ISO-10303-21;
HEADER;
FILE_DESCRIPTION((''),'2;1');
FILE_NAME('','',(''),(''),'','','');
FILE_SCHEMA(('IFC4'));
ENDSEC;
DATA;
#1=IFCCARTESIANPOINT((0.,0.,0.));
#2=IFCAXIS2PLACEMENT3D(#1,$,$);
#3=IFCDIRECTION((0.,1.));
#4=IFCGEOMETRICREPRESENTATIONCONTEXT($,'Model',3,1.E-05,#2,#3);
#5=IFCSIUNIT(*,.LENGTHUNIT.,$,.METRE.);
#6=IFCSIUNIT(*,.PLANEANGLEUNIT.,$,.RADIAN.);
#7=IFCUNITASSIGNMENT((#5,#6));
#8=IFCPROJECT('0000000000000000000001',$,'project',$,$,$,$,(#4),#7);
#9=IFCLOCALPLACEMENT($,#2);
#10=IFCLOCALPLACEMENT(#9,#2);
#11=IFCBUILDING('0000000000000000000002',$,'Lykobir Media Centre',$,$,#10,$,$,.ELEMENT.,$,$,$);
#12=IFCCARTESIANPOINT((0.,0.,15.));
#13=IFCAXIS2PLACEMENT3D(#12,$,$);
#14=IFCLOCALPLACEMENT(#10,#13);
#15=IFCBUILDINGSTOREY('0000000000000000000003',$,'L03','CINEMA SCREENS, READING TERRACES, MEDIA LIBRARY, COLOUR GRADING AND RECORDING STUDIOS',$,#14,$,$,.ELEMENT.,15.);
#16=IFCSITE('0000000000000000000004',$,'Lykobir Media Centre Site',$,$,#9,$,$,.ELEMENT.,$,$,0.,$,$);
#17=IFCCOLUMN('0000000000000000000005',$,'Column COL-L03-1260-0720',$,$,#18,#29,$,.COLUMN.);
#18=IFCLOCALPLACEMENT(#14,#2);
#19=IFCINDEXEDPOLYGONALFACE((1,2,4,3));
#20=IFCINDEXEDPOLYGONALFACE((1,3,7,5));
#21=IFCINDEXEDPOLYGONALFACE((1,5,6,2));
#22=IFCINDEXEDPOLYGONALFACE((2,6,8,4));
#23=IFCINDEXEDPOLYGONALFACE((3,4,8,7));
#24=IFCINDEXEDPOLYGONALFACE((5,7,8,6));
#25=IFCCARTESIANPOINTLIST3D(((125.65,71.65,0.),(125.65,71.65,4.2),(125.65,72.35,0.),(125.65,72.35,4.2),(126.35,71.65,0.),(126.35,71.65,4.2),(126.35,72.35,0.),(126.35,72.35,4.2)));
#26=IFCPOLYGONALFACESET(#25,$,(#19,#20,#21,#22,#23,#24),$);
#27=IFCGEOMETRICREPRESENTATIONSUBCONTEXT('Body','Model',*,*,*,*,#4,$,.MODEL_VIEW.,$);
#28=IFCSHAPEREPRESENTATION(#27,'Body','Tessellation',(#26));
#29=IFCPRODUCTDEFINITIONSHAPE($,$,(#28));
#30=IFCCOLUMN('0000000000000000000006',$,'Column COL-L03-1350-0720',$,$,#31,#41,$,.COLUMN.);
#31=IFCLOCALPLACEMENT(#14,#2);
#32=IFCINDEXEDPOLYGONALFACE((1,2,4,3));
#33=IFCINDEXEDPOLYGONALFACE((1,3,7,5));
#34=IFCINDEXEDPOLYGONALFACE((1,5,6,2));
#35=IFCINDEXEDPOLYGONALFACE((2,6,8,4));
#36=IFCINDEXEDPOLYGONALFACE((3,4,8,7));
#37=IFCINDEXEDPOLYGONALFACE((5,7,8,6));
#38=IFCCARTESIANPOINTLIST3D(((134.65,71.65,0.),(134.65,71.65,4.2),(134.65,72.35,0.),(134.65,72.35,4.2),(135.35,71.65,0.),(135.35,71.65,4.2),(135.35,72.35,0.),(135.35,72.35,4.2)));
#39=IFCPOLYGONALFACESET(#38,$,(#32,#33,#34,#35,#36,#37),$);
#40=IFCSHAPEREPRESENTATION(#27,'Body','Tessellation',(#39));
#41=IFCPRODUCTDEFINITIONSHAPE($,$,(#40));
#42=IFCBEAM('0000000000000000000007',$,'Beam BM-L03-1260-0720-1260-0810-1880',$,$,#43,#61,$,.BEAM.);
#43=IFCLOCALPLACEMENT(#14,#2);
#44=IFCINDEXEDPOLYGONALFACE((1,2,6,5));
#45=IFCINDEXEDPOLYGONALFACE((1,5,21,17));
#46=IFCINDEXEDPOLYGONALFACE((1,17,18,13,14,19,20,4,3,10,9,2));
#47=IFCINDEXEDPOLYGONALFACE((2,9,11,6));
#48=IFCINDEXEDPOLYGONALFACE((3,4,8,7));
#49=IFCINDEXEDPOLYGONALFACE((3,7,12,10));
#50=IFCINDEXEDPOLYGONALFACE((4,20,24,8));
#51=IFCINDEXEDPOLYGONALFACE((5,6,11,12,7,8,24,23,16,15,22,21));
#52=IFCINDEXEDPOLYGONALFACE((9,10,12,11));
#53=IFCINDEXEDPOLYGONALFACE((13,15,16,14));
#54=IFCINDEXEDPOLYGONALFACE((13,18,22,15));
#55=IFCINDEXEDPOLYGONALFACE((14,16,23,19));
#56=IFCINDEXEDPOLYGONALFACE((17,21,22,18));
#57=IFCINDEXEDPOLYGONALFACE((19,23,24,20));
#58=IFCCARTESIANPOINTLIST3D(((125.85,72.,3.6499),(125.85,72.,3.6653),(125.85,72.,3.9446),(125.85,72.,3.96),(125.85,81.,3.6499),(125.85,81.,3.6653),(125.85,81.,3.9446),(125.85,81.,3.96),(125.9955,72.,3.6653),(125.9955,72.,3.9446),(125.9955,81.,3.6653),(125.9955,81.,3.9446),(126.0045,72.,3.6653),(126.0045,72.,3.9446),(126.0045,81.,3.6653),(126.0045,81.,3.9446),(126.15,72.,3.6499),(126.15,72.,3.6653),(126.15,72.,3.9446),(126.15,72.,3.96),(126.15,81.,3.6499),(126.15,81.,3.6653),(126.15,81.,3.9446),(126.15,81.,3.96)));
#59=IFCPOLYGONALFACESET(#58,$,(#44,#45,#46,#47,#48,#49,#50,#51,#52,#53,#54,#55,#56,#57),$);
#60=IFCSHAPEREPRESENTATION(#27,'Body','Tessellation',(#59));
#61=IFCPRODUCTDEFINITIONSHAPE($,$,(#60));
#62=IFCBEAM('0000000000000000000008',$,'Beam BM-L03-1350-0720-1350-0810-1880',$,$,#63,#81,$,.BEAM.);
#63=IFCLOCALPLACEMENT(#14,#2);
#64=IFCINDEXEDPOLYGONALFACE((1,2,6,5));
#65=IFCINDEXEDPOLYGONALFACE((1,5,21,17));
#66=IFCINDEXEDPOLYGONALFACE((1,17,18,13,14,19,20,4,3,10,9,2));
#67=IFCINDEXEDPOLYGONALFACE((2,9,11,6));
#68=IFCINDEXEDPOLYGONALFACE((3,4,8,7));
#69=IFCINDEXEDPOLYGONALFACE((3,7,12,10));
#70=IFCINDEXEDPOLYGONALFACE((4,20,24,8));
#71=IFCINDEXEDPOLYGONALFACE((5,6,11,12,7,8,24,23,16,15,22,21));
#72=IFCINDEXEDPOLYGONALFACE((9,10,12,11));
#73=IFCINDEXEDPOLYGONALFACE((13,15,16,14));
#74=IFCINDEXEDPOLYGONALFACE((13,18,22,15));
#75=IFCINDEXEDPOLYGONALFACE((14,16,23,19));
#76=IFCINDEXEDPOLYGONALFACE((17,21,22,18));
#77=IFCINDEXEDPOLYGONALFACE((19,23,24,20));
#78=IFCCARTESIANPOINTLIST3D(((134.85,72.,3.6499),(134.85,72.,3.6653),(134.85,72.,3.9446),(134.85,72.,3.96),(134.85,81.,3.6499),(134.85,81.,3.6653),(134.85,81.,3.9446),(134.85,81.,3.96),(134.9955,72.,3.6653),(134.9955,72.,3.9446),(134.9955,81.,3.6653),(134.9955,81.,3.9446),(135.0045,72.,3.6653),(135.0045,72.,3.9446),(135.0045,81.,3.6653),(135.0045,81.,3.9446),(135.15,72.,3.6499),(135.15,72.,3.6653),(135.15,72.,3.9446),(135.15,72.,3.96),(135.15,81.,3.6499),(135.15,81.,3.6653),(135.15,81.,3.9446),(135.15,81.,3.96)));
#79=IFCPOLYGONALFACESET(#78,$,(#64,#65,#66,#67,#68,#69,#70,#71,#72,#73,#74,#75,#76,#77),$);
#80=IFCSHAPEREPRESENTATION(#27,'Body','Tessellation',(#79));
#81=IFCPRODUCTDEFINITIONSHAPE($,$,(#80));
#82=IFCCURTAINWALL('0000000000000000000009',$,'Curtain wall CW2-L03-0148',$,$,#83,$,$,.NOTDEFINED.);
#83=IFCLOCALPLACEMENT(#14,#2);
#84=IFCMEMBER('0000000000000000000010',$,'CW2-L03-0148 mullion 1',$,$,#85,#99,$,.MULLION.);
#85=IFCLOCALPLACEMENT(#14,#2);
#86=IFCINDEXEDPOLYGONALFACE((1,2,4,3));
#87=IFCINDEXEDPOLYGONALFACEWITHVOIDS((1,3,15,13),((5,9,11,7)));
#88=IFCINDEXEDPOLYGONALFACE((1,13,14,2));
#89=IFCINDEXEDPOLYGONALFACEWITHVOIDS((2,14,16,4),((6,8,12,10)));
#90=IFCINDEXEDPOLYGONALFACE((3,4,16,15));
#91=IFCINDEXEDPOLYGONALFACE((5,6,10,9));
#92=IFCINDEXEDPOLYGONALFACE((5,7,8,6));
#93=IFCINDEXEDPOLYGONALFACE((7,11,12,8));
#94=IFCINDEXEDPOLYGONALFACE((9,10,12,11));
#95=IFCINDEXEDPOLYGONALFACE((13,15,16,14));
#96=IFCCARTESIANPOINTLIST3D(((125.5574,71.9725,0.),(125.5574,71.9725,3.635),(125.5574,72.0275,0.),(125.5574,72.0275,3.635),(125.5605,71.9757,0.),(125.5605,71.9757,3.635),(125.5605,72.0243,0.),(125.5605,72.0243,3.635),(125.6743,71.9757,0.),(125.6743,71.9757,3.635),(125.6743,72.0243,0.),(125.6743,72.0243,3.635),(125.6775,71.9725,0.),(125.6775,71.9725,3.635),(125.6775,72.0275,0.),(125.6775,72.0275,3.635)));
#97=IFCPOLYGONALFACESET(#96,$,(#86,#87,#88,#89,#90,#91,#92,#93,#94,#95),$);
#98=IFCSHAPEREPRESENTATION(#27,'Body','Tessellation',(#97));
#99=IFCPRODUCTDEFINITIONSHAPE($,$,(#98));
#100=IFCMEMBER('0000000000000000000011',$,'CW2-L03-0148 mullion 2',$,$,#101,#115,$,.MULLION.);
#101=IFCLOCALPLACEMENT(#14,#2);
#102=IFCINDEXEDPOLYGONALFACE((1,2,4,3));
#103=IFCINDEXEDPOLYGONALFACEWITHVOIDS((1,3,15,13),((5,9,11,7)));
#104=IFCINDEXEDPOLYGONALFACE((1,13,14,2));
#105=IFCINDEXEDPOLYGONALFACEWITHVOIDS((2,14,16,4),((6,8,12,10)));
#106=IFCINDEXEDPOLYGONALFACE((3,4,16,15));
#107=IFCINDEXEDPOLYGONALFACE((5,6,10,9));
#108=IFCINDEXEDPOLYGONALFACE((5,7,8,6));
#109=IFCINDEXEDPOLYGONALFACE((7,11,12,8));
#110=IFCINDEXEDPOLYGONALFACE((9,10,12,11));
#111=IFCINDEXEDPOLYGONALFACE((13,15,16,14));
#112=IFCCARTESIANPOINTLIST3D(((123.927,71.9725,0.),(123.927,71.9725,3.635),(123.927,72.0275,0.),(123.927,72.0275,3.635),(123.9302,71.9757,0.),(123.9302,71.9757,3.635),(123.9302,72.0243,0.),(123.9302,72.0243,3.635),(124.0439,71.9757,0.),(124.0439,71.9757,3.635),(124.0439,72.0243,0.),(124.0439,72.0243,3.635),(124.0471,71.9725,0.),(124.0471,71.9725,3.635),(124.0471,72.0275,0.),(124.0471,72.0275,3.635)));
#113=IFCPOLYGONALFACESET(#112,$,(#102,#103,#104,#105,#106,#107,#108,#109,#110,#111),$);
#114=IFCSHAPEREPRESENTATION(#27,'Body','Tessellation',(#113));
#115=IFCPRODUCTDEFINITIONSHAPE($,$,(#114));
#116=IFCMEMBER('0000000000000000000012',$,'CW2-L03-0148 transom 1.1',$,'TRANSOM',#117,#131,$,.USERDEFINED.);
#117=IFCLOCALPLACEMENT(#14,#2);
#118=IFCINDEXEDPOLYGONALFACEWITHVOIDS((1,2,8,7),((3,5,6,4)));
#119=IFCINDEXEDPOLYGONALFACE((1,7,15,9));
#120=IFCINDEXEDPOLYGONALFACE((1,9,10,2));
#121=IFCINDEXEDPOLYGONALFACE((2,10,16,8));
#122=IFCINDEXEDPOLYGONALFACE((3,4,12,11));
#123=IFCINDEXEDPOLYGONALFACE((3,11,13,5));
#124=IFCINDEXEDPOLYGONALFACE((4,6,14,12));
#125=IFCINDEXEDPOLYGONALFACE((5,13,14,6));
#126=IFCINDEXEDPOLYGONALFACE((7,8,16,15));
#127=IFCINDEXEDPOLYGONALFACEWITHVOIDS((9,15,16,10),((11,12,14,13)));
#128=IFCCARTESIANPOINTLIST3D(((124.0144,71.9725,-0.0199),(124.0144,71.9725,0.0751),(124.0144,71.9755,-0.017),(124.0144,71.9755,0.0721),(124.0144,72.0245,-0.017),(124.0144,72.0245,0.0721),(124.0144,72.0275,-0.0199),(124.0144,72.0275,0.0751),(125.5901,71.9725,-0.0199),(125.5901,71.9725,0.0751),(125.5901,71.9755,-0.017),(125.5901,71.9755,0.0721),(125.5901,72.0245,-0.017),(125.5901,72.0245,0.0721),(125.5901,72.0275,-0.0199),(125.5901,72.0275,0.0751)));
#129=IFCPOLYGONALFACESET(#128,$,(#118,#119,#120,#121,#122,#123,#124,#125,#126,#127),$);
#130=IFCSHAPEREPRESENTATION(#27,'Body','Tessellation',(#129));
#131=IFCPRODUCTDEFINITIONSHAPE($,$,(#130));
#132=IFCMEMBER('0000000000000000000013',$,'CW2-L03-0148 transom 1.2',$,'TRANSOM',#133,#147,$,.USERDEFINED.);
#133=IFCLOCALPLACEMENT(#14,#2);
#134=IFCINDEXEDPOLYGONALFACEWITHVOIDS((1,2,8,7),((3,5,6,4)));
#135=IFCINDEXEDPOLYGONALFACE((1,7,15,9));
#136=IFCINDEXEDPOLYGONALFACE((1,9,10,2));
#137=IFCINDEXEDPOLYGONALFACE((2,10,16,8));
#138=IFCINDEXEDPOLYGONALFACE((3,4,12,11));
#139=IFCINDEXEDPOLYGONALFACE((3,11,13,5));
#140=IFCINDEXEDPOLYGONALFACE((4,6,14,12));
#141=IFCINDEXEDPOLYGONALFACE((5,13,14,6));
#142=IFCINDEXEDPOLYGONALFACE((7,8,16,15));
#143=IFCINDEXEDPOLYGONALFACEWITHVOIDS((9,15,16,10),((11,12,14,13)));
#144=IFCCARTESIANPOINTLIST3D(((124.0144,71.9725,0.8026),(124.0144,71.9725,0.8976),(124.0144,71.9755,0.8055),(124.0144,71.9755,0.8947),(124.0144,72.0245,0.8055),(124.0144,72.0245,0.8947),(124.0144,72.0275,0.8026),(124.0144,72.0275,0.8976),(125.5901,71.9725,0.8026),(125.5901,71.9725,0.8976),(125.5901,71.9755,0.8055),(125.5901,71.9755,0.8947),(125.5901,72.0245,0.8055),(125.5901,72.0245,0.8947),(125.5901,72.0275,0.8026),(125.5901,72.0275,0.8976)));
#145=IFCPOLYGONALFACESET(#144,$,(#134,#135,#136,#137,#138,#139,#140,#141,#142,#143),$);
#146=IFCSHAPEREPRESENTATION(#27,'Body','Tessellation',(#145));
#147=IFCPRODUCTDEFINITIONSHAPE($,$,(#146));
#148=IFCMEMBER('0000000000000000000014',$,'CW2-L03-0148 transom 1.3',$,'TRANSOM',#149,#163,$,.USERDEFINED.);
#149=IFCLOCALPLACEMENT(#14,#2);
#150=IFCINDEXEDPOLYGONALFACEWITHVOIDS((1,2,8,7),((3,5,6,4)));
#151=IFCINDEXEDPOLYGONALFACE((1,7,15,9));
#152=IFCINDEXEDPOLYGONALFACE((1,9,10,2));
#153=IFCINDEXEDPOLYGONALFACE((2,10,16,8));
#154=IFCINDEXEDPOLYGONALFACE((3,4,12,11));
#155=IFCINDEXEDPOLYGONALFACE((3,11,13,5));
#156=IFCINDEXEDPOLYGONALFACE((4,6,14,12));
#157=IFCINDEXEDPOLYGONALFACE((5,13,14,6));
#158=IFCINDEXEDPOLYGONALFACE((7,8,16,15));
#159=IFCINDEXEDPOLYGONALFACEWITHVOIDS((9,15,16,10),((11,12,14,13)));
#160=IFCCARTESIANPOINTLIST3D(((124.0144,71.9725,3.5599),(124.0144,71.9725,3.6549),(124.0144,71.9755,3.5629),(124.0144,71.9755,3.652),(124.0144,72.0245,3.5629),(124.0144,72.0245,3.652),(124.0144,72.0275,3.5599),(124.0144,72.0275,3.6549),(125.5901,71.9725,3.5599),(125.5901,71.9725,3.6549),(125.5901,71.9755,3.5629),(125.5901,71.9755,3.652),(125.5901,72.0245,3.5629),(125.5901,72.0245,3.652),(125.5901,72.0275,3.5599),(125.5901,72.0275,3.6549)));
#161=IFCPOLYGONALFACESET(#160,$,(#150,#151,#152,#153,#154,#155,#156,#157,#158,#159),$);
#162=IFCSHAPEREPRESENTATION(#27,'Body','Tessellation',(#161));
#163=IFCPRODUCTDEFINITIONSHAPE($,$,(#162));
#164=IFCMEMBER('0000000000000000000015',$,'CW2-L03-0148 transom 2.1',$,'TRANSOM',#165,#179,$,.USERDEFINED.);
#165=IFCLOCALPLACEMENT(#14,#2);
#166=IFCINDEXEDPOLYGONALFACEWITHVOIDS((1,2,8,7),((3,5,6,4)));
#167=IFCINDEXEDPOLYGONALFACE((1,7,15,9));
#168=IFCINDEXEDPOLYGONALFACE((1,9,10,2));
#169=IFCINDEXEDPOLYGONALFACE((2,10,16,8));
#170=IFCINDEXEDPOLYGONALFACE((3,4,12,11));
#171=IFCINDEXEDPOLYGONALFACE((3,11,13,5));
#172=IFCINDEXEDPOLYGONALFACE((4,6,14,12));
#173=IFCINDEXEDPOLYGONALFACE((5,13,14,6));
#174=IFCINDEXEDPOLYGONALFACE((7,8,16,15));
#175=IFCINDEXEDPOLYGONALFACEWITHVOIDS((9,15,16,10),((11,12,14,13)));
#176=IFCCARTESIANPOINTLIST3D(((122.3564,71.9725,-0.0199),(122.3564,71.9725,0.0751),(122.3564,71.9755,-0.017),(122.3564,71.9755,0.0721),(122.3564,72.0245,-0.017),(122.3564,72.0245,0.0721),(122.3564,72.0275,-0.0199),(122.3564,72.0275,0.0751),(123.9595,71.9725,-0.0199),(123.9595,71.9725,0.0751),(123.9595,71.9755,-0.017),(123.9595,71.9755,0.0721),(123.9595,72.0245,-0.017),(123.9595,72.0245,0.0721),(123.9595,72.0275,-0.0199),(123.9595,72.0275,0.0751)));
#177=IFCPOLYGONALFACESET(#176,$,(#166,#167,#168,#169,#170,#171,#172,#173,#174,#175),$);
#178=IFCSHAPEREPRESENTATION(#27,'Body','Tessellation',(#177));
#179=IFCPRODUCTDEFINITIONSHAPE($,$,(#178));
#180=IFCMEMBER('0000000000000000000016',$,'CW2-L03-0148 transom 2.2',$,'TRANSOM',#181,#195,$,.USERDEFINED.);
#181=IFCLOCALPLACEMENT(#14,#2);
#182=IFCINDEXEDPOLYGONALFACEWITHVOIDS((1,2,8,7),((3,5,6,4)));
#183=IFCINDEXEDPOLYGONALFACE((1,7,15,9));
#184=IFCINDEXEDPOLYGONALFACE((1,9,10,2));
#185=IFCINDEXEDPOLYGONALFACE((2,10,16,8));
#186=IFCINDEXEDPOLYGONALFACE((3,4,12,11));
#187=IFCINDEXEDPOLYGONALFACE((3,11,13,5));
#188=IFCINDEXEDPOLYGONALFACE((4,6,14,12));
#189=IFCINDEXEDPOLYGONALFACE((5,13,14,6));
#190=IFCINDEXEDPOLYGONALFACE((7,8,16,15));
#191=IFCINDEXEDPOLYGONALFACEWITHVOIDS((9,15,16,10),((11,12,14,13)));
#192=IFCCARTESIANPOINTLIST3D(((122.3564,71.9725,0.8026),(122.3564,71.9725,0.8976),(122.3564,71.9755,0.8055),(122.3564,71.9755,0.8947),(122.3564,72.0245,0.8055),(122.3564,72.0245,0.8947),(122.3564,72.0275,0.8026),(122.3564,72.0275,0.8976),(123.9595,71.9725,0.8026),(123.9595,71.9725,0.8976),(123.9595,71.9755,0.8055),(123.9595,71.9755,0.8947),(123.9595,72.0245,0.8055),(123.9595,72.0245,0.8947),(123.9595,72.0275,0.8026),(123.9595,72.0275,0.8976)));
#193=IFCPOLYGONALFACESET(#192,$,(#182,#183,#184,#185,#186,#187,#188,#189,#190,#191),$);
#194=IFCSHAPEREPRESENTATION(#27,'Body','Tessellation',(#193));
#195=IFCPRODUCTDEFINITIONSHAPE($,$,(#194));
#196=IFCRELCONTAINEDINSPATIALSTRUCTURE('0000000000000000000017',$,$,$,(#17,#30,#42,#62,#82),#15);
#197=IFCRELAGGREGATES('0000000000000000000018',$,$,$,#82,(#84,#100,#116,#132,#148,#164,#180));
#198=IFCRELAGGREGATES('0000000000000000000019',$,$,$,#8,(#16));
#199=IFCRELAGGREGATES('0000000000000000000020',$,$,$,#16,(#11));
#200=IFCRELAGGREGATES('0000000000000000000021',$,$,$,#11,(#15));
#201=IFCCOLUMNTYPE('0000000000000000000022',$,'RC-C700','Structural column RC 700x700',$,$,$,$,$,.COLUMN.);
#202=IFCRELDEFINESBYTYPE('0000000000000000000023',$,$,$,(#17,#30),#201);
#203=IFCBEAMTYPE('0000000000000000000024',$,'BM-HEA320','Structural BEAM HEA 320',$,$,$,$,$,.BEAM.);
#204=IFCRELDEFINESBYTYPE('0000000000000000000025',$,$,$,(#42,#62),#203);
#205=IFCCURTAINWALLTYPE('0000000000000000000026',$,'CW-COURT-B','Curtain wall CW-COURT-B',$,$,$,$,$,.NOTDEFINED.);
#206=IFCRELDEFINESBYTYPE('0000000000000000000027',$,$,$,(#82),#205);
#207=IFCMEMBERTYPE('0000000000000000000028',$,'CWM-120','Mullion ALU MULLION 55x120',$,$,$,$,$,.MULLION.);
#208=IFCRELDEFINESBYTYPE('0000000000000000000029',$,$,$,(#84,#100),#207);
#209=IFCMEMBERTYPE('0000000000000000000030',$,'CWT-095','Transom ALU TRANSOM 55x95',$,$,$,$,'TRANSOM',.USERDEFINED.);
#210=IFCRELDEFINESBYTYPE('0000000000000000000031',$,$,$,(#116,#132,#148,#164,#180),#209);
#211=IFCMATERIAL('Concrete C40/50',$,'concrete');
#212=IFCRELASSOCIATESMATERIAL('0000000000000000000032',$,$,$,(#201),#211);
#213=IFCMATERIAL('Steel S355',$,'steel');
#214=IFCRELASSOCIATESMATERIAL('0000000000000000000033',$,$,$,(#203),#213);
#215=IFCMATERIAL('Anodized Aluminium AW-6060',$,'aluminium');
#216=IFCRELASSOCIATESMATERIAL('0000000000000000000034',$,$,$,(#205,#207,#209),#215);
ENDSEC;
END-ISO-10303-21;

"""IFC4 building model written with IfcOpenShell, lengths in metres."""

from ifc_helpers import new_model, si_unit, direction, frame, origin, origin_2d, place, context, subcontext, project, spatial, rectangle, hollow_rectangle, i_section, extrude, material, material_profile, profile_set, type_object, element, aggregate, save


model = new_model("IFC4")

# Units and contexts
model_context = context("Model", 3, precision=1e-05, world=origin(), true_north=direction((0.0, 1.0)))
body_context = subcontext(model_context, "Body", "Model", "MODEL_VIEW")
ifc_project = project(units=[si_unit("LENGTHUNIT", "METRE"), si_unit("PLANEANGLEUNIT", "RADIAN")], contexts=[model_context])

# Site, building, storey
site_placement = place(None, origin())
site = spatial("IfcSite", under=ifc_project, at=site_placement, Name="Lykobir Media Centre Site", CompositionType="ELEMENT", RefElevation=0.0)
building_placement = place(site_placement, origin())
building = spatial("IfcBuilding", under=site, at=building_placement, Name="Lykobir Media Centre", CompositionType="ELEMENT")
storey_placement = place(building_placement, frame((0.0, 0.0, 15.0)))
storey = spatial("IfcBuildingStorey", under=building, at=storey_placement, Name="L03", Description="CINEMA SCREENS, READING TERRACES, MEDIA LIBRARY, COLOUR GRADING AND RECORDING STUDIOS", CompositionType="ELEMENT", Elevation=15.0)

# Columns
ifc_material_1 = material(Name="Concrete C40/50", Category="concrete")
ifc_material_profile_1 = material_profile(ifc_material_1, rectangle(XDim=0.7, YDim=0.7, at=origin_2d()), Name="RC 700x700")
ifc_profile_set_1 = profile_set([ifc_material_profile_1], Name="Concrete C40/50")
column_type = type_object("IfcColumnType", Name="RC-C700", Description="Structural column RC 700x700", PredefinedType="COLUMN", material=ifc_profile_set_1)
for number, where, z_axis, x_axis, name in (
    (1, (126.0, 72.0, 0.0), (0.0, 0.0, 1.0), (1.0, 0.0, 0.0), "Column COL-L03-1260-0720"),
    (2, (135.0, 72.0, 0.0), (0.0, 0.0, 1.0), (1.0, 0.0, 0.0), "Column COL-L03-1350-0720"),
):
    element("IfcColumn", number, at=place(storey_placement, frame(where, z_axis=z_axis, x_axis=x_axis)), inside=storey, type_object=column_type, Name=name, PredefinedType="COLUMN", context=body_context, shape_type="SweptSolid", body=[
        extrude(rectangle(XDim=0.7, YDim=0.7, at=origin_2d()), origin(), (0.0, 0.0, 1.0), 4.2),
    ])

# Beams
ifc_material_2 = material(Name="Steel S355", Category="steel")
ifc_material_profile_2 = material_profile(ifc_material_2, i_section(OverallWidth=0.3, OverallDepth=0.3101, WebThickness=0.009, FlangeThickness=0.0154, at=origin_2d()), Name="HEA 320")
ifc_profile_set_2 = profile_set([ifc_material_profile_2], Name="Steel S355")
beam_type_1 = type_object("IfcBeamType", Name="BM-HEA320", Description="Structural BEAM HEA 320", PredefinedType="BEAM", material=ifc_profile_set_2)
for number, where, z_axis, x_axis, name in (
    (3, (126.0, 72.0, 3.8049), (0.0, 1.0, 0.0), (-1.0, 0.0, 0.0), "Beam BM-L03-1260-0720-1260-0810-1880"),
    (4, (135.0, 72.0, 3.8049), (0.0, 1.0, 0.0), (-1.0, 0.0, 0.0), "Beam BM-L03-1350-0720-1350-0810-1880"),
):
    element("IfcBeam", number, at=place(storey_placement, frame(where, z_axis=z_axis, x_axis=x_axis)), inside=storey, type_object=beam_type_1, Name=name, PredefinedType="BEAM", context=body_context, shape_type="SweptSolid", body=[
        extrude(i_section(OverallWidth=0.3, OverallDepth=0.3101, WebThickness=0.009, FlangeThickness=0.0154, at=origin_2d()), origin(), (0.0, 0.0, 1.0), 9.0),
    ])

# Curtain wall, members
ifc_material_3 = material(Name="Anodized Aluminium AW-6060", Category="aluminium")
curtain_wall_type = type_object("IfcCurtainWallType", Name="CW-COURT-B", Description="Curtain wall CW-COURT-B", PredefinedType="NOTDEFINED", material=ifc_material_3)
curtain_wall_placement = place(storey_placement, origin())
curtain_wall = element("IfcCurtainWall", 5, at=curtain_wall_placement, inside=storey, type_object=curtain_wall_type, Name="Curtain wall CW2-L03-0148", PredefinedType="NOTDEFINED")
ifc_material_profile_3 = material_profile(ifc_material_3, hollow_rectangle(XDim=0.0549, YDim=0.1201, WallThickness=0.0032, at=origin_2d()), Name="ALU MULLION 55x120")
ifc_profile_set_3 = profile_set([ifc_material_profile_3], Name="Anodized Aluminium AW-6060")
member_type_1 = type_object("IfcMemberType", Name="CWM-120", Description="Mullion ALU MULLION 55x120", PredefinedType="MULLION", material=ifc_profile_set_3)
member_1_placement = place(storey_placement, frame((125.6174, 72.0, 0.0), z_axis=(0.0, 0.0, 1.0), x_axis=(0.0, -1.0, 0.0)))
member_1 = element("IfcMember", 6, at=member_1_placement, type_object=member_type_1, Name="CW2-L03-0148 mullion 1", PredefinedType="MULLION", context=body_context, shape_type="SweptSolid", body=[
    extrude(hollow_rectangle(XDim=0.0549, YDim=0.1201, WallThickness=0.0032, at=origin_2d()), origin(), (0.0, 0.0, 1.0), 3.635),
])
member_2_placement = place(storey_placement, frame((123.9871, 72.0, 0.0), z_axis=(0.0, 0.0, 1.0), x_axis=(0.0, -1.0, 0.0)))
member_2 = element("IfcMember", 7, at=member_2_placement, type_object=member_type_1, Name="CW2-L03-0148 mullion 2", PredefinedType="MULLION", context=body_context, shape_type="SweptSolid", body=[
    extrude(hollow_rectangle(XDim=0.0549, YDim=0.1201, WallThickness=0.0032, at=origin_2d()), origin(), (0.0, 0.0, 1.0), 3.635),
])
ifc_material_profile_4 = material_profile(ifc_material_3, hollow_rectangle(XDim=0.0549, YDim=0.095, WallThickness=0.0029, at=origin_2d()), Name="ALU TRANSOM 55x95")
ifc_profile_set_4 = profile_set([ifc_material_profile_4], Name="Anodized Aluminium AW-6060")
member_type_2 = type_object("IfcMemberType", Name="CWT-095", Description="Transom ALU TRANSOM 55x95", ElementType="TRANSOM", PredefinedType="USERDEFINED", material=ifc_profile_set_4)
member_3_placement = place(storey_placement, frame((125.5901, 72.0, 0.0276), z_axis=(-1.0, 0.0, 0.0), x_axis=(0.0, -1.0, 0.0)))
member_3 = element("IfcMember", 8, at=member_3_placement, type_object=member_type_2, Name="CW2-L03-0148 transom 1.1", ObjectType="TRANSOM", PredefinedType="USERDEFINED", context=body_context, shape_type="SweptSolid", body=[
    extrude(hollow_rectangle(XDim=0.0549, YDim=0.095, WallThickness=0.0029, at=origin_2d()), origin(), (0.0, 0.0, 1.0), 1.5757),
])
member_4_placement = place(storey_placement, frame((125.5901, 72.0, 0.8501), z_axis=(-1.0, 0.0, 0.0), x_axis=(0.0, -1.0, 0.0)))
member_4 = element("IfcMember", 9, at=member_4_placement, type_object=member_type_2, Name="CW2-L03-0148 transom 1.2", ObjectType="TRANSOM", PredefinedType="USERDEFINED", context=body_context, shape_type="SweptSolid", body=[
    extrude(hollow_rectangle(XDim=0.0549, YDim=0.095, WallThickness=0.0029, at=origin_2d()), origin(), (0.0, 0.0, 1.0), 1.5757),
])
member_5_placement = place(storey_placement, frame((125.5901, 72.0, 3.6074), z_axis=(-1.0, 0.0, 0.0), x_axis=(0.0, -1.0, 0.0)))
member_5 = element("IfcMember", 10, at=member_5_placement, type_object=member_type_2, Name="CW2-L03-0148 transom 1.3", ObjectType="TRANSOM", PredefinedType="USERDEFINED", context=body_context, shape_type="SweptSolid", body=[
    extrude(hollow_rectangle(XDim=0.0549, YDim=0.095, WallThickness=0.0029, at=origin_2d()), origin(), (0.0, 0.0, 1.0), 1.5757),
])
member_6_placement = place(storey_placement, frame((123.9595, 72.0, 0.0276), z_axis=(-1.0, 0.0, 0.0), x_axis=(0.0, -1.0, 0.0)))
member_6 = element("IfcMember", 11, at=member_6_placement, type_object=member_type_2, Name="CW2-L03-0148 transom 2.1", ObjectType="TRANSOM", PredefinedType="USERDEFINED", context=body_context, shape_type="SweptSolid", body=[
    extrude(hollow_rectangle(XDim=0.0549, YDim=0.095, WallThickness=0.0029, at=origin_2d()), origin(), (0.0, 0.0, 1.0), 1.603),
])
member_7_placement = place(storey_placement, frame((123.9595, 72.0, 0.8501), z_axis=(-1.0, 0.0, 0.0), x_axis=(0.0, -1.0, 0.0)))
member_7 = element("IfcMember", 12, at=member_7_placement, type_object=member_type_2, Name="CW2-L03-0148 transom 2.2", ObjectType="TRANSOM", PredefinedType="USERDEFINED", context=body_context, shape_type="SweptSolid", body=[
    extrude(hollow_rectangle(XDim=0.0549, YDim=0.095, WallThickness=0.0029, at=origin_2d()), origin(), (0.0, 0.0, 1.0), 1.603),
])

aggregate(curtain_wall, [member_1, member_2, member_3, member_4, member_5, member_6, member_7])

save(model, "model.ifc")
